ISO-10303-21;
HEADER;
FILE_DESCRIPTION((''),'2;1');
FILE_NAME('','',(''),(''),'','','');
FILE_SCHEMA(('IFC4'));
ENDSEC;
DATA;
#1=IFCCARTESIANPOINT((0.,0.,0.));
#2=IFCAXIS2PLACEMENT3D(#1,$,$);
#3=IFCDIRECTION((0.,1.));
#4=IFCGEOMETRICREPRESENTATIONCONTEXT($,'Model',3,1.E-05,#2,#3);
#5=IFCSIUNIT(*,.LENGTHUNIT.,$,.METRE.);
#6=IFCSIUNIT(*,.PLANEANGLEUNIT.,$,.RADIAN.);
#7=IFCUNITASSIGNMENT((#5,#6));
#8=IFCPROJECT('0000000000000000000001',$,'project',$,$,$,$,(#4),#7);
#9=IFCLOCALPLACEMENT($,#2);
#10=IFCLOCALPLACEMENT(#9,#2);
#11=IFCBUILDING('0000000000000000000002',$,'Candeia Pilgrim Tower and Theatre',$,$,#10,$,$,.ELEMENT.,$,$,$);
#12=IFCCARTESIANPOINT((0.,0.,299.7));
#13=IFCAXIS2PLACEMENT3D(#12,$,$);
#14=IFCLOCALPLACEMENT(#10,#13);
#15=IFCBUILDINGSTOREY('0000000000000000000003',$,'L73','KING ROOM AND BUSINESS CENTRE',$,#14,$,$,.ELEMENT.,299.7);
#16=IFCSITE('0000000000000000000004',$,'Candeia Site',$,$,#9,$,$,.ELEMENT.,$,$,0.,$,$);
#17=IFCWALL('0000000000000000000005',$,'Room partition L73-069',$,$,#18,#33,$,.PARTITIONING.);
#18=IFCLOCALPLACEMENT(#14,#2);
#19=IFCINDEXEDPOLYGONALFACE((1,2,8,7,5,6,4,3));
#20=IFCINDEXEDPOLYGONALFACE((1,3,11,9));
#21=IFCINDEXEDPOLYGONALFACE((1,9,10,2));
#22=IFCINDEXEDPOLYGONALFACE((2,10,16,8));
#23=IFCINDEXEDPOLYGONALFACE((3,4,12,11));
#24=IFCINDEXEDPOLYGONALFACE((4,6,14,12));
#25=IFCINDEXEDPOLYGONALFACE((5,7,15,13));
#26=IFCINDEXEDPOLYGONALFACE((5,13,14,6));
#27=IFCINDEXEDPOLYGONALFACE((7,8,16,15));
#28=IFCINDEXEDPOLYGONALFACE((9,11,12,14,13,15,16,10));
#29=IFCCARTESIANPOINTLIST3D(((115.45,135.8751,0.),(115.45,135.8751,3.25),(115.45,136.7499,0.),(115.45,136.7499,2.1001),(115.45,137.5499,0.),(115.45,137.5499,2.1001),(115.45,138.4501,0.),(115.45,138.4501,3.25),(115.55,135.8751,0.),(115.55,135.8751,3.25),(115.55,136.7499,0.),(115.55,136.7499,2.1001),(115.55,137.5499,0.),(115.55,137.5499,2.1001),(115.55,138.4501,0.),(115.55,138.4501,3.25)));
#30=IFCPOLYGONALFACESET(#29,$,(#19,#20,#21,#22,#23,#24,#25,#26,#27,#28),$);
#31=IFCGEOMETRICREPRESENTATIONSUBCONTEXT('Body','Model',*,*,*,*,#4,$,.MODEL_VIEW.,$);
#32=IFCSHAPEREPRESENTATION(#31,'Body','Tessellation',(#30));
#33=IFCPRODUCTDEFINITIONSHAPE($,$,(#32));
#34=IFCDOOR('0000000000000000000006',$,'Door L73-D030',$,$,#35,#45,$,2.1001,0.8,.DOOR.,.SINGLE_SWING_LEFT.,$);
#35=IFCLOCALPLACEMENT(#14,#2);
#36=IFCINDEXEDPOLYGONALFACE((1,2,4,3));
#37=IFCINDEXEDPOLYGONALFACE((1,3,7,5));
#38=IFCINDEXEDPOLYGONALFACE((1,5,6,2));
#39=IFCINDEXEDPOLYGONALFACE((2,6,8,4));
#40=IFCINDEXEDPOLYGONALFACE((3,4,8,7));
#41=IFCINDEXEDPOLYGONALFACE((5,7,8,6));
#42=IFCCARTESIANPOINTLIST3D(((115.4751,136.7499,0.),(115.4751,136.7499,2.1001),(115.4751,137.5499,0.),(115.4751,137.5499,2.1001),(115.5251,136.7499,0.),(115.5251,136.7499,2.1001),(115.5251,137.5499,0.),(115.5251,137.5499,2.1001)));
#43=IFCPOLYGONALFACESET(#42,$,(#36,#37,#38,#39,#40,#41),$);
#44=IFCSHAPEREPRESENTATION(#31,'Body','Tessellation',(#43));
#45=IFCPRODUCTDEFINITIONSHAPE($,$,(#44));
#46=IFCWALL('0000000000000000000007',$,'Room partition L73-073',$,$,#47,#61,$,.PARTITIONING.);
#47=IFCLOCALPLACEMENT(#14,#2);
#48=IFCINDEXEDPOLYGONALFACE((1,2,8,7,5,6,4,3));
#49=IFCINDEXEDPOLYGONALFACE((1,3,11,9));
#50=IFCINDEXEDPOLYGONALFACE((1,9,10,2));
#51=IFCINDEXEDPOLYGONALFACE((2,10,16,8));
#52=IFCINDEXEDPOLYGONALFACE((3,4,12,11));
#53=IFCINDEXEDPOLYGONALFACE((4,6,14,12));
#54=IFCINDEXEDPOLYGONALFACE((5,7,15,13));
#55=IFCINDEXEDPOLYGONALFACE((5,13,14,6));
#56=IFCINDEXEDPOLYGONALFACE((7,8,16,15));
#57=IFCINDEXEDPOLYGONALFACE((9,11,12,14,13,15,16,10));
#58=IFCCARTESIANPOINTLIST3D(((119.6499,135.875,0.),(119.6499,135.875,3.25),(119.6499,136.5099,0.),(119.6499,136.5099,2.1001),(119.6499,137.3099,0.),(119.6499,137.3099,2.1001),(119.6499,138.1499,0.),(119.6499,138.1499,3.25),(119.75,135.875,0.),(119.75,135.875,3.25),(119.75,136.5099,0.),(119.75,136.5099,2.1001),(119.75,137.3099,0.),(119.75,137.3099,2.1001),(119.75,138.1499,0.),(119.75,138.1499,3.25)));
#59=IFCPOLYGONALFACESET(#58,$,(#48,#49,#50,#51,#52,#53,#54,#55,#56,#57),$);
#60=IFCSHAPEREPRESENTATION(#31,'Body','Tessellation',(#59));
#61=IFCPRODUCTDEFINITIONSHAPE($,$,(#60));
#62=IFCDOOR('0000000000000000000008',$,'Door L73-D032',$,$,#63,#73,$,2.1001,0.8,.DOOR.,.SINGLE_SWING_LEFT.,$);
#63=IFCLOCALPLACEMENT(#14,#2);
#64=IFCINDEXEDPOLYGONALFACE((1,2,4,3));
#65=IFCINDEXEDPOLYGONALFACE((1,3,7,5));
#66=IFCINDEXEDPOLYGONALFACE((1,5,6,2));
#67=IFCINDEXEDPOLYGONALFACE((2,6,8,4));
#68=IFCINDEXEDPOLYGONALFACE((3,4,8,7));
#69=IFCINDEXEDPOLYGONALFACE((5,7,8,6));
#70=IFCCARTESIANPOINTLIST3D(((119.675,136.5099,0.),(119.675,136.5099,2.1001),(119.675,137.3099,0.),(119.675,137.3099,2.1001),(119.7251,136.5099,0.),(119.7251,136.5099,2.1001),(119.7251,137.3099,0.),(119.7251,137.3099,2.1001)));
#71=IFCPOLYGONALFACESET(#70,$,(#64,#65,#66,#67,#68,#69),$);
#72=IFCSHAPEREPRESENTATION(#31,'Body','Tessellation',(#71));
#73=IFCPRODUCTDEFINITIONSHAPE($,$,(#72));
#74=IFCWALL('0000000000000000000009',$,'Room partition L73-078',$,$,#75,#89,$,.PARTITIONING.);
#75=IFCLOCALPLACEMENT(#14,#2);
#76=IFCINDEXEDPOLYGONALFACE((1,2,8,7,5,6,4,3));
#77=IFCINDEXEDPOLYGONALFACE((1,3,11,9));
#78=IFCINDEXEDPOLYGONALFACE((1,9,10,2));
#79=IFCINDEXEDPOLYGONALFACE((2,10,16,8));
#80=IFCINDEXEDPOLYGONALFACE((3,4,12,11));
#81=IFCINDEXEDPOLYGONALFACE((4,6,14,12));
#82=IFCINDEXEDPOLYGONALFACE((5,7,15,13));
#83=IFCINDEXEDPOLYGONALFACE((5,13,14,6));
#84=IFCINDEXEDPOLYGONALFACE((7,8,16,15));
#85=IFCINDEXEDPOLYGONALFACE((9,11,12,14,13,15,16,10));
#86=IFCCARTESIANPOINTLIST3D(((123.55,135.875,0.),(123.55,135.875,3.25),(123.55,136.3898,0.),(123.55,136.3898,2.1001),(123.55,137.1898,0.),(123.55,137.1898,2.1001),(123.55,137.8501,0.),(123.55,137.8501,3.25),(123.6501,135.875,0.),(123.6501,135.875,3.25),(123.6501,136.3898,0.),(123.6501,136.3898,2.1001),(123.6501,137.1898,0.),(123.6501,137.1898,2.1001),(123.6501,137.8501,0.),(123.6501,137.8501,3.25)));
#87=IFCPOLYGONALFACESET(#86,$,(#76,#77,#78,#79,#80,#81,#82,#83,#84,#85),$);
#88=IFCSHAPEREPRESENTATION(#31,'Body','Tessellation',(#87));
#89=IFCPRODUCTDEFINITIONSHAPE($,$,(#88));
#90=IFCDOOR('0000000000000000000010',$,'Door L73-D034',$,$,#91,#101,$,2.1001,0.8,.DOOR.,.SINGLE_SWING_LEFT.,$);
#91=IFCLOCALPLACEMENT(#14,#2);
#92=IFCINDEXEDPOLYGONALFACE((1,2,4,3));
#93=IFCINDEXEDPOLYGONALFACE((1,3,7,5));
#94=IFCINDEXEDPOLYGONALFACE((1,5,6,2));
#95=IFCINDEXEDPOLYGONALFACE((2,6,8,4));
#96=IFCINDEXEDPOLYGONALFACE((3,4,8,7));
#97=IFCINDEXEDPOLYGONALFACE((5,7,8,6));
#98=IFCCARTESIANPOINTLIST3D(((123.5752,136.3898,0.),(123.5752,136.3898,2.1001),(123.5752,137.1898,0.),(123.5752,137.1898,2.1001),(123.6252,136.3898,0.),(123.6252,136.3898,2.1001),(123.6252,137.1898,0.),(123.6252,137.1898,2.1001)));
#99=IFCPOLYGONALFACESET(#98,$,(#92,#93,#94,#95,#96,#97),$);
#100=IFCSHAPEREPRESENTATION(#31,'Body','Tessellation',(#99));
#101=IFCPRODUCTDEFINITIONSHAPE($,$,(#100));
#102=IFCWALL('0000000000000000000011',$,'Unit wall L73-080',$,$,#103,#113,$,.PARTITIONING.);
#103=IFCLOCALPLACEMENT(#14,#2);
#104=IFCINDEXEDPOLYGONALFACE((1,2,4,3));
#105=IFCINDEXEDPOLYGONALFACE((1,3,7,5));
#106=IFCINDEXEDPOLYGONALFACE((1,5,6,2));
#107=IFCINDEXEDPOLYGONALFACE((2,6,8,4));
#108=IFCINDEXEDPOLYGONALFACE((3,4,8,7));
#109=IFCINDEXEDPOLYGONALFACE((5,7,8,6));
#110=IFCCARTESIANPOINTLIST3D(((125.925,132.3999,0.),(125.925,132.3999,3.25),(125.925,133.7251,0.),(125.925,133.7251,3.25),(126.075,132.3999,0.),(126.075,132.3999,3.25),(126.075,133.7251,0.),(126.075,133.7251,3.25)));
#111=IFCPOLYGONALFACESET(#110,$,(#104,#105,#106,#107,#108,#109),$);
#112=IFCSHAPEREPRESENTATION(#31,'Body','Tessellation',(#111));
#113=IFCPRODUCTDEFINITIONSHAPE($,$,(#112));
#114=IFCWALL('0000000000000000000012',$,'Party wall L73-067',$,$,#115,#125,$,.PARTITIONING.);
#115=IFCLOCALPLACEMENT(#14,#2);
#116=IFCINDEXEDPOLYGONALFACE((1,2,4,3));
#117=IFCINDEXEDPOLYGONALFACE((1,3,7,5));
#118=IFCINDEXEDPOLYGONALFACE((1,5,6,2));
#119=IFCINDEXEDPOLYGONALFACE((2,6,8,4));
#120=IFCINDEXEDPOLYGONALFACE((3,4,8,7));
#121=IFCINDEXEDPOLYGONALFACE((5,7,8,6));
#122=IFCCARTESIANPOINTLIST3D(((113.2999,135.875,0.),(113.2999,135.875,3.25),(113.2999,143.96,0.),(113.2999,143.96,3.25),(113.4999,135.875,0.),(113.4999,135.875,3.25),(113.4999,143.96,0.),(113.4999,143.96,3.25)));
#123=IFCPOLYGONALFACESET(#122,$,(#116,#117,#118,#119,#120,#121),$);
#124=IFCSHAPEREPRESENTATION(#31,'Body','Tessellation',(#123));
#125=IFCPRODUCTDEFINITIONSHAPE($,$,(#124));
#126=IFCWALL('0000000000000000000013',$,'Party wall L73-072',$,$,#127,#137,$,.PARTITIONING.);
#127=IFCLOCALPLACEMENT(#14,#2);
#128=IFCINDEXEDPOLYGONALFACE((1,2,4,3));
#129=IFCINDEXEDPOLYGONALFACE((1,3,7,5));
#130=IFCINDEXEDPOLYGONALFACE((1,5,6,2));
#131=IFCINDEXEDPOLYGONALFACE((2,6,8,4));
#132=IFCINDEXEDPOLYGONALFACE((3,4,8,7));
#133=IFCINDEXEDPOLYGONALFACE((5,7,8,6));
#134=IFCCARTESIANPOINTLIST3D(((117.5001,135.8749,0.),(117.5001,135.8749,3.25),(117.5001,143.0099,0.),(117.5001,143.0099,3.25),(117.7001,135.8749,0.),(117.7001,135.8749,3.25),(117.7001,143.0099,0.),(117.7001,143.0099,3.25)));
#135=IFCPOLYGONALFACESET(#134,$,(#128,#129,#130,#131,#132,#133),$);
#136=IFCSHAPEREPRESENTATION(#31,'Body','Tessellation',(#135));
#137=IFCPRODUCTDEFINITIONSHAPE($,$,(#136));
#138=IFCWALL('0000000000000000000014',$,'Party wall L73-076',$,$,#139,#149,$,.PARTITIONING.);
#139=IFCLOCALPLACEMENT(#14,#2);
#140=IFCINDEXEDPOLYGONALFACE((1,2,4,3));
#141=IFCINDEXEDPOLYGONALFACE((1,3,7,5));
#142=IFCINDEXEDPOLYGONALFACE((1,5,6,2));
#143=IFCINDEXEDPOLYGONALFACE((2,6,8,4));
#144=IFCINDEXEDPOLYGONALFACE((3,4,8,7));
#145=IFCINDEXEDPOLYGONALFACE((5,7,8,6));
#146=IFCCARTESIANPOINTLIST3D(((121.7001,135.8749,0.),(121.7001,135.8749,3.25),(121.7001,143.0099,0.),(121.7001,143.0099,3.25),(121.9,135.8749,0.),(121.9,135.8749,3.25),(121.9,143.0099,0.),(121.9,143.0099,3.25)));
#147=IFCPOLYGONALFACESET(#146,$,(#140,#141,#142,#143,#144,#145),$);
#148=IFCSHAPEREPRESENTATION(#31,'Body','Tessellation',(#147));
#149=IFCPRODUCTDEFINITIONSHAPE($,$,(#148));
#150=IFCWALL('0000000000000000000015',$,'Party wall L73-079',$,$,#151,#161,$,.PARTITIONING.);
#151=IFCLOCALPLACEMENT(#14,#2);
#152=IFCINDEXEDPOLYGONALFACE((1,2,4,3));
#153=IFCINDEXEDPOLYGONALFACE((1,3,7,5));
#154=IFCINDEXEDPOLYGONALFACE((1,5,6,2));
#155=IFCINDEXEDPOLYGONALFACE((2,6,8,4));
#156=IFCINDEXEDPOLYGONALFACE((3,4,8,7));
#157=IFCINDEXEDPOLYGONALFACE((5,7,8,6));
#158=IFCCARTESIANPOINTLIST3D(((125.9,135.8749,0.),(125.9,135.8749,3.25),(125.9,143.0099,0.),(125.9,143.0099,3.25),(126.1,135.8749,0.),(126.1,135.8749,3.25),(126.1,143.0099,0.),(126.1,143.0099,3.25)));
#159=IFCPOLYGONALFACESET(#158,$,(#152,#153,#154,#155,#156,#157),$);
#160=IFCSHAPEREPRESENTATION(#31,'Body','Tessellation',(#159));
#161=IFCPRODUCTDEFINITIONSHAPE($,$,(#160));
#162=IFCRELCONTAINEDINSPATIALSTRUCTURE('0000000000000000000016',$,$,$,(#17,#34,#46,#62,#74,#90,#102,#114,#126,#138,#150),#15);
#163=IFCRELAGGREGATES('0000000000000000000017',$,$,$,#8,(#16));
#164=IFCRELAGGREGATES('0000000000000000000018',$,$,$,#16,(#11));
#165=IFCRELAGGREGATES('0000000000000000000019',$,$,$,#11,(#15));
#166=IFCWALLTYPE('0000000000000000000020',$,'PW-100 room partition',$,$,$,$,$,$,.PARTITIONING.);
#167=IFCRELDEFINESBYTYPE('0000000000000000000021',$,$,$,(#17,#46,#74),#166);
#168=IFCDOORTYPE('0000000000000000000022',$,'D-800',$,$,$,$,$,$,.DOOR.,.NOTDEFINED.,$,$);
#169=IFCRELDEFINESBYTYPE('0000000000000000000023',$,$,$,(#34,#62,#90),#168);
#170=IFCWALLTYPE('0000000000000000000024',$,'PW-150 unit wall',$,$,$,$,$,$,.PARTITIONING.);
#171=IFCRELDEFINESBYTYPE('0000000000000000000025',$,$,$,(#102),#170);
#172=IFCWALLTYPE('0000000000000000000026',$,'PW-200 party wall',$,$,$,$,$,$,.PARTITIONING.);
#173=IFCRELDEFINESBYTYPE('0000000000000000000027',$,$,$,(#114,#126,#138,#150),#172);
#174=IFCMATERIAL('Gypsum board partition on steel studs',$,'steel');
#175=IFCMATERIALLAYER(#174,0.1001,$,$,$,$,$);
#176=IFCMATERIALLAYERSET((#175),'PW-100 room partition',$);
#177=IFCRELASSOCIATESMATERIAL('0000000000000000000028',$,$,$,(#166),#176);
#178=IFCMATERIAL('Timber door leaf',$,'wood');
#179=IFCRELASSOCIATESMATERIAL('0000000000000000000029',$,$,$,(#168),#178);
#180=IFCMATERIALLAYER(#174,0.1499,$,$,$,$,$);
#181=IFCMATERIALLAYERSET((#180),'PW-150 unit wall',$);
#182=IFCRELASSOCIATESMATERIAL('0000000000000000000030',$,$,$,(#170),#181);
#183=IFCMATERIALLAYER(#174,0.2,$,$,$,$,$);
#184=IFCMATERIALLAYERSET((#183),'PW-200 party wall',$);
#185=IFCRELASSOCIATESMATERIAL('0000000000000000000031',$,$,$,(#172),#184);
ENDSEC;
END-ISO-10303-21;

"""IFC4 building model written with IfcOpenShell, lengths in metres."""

from ifc_helpers import new_model, si_unit, direction, frame, frame_2d, origin, place, context, subcontext, project, spatial, rectangle, extrude, material, layer, layer_set, type_object, element, fill, save


model = new_model("IFC4")

# Units and contexts
model_context = context("Model", 3, precision=1e-05, world=origin(), true_north=direction((0.0, 1.0)))
body_context = subcontext(model_context, "Body", "Model", "MODEL_VIEW")
ifc_project = project(units=[si_unit("LENGTHUNIT", "METRE"), si_unit("PLANEANGLEUNIT", "RADIAN")], contexts=[model_context])

# Site, building, storey
site_placement = place(None, origin())
site = spatial("IfcSite", under=ifc_project, at=site_placement, Name="Candeia Site", CompositionType="ELEMENT", RefElevation=0.0)
building_placement = place(site_placement, origin())
building = spatial("IfcBuilding", under=site, at=building_placement, Name="Candeia Pilgrim Tower and Theatre", CompositionType="ELEMENT")
storey_placement = place(building_placement, frame((0.0, 0.0, 299.7)))
storey = spatial("IfcBuildingStorey", under=building, at=storey_placement, Name="L73", Description="KING ROOM AND BUSINESS CENTRE", CompositionType="ELEMENT", Elevation=299.7)

# Shared definitions
ifc_material_1 = material(Name="Gypsum board partition on steel studs", Category="steel")
ifc_layer_1 = layer(ifc_material_1, 0.1001)
ifc_layer_set_1 = layer_set([ifc_layer_1], Name="PW-100 room partition")
wall_type_1 = type_object("IfcWallType", Name="PW-100 room partition", PredefinedType="PARTITIONING", material=ifc_layer_set_1)

# Walls, openings, doors
wall_1_placement = place(storey_placement, frame((115.5, 135.875, 0.0), z_axis=(0.0, 0.0, 1.0), x_axis=(0.0, 1.0, 0.0)))
wall_1 = element("IfcWall", 1, at=wall_1_placement, inside=storey, type_object=wall_type_1, Name="Room partition L73-069", PredefinedType="PARTITIONING", context=body_context, shape_type="SweptSolid", body=[
    extrude(rectangle(XDim=2.575, YDim=0.1001, at=frame_2d((1.2876, 0.0))), origin(), (0.0, 0.0, 1.0), 3.25),
])
opening_1_placement = place(wall_1_placement, frame((0.875, 0.0, 0.0)))
opening_1 = element("IfcOpeningElement", 2, at=opening_1_placement, cuts=wall_1, PredefinedType="OPENING", context=body_context, shape_type="SweptSolid", body=[
    extrude(rectangle(XDim=0.8, YDim=2.1001, at=frame_2d((0.3999, 1.05))), frame((0.0, 0.0601, 0.0), z_axis=(0.0, -1.0, 0.0), x_axis=(1.0, 0.0, 0.0)), (0.0, 0.0, 1.0), 0.1201),
])
ifc_material_2 = material(Name="Timber door leaf", Category="wood")
door_type_1 = type_object("IfcDoorType", Name="D-800", OperationType="NOTDEFINED", PredefinedType="DOOR", material=ifc_material_2)
door_1_placement = place(opening_1_placement, origin())
door_1 = element("IfcDoor", 3, at=door_1_placement, inside=storey, type_object=door_type_1, Name="Door L73-D030", OperationType="SINGLE_SWING_LEFT", OverallHeight=2.1001, OverallWidth=0.8, PredefinedType="DOOR", context=body_context, shape_type="SweptSolid", body=[
    extrude(rectangle(XDim=0.8, YDim=2.1001, at=frame_2d((0.3999, 1.05))), frame((0.0, 0.0249, 0.0), z_axis=(0.0, -1.0, 0.0), x_axis=(1.0, 0.0, 0.0)), (0.0, 0.0, 1.0), 0.05),
])
fill(opening_1, door_1)
wall_2_placement = place(storey_placement, frame((119.7, 135.875, 0.0), z_axis=(0.0, 0.0, 1.0), x_axis=(0.0, 1.0, 0.0)))
wall_2 = element("IfcWall", 4, at=wall_2_placement, inside=storey, type_object=wall_type_1, Name="Room partition L73-073", PredefinedType="PARTITIONING", context=body_context, shape_type="SweptSolid", body=[
    extrude(rectangle(XDim=2.2749, YDim=0.1001, at=frame_2d((1.1375, 0.0))), origin(), (0.0, 0.0, 1.0), 3.25),
])
opening_2_placement = place(wall_2_placement, frame((0.635, 0.0, 0.0)))
opening_2 = element("IfcOpeningElement", 5, at=opening_2_placement, cuts=wall_2, PredefinedType="OPENING", context=body_context, shape_type="SweptSolid", body=[
    extrude(rectangle(XDim=0.8, YDim=2.1001, at=frame_2d((0.3999, 1.05))), frame((0.0, 0.0601, 0.0), z_axis=(0.0, -1.0, 0.0), x_axis=(1.0, 0.0, 0.0)), (0.0, 0.0, 1.0), 0.1201),
])
door_2_placement = place(opening_2_placement, origin())
door_2 = element("IfcDoor", 6, at=door_2_placement, inside=storey, type_object=door_type_1, Name="Door L73-D032", OperationType="SINGLE_SWING_LEFT", OverallHeight=2.1001, OverallWidth=0.8, PredefinedType="DOOR", context=body_context, shape_type="SweptSolid", body=[
    extrude(rectangle(XDim=0.8, YDim=2.1001, at=frame_2d((0.3999, 1.05))), frame((0.0, 0.0249, 0.0), z_axis=(0.0, -1.0, 0.0), x_axis=(1.0, 0.0, 0.0)), (0.0, 0.0, 1.0), 0.05),
])
fill(opening_2, door_2)
wall_3_placement = place(storey_placement, frame((123.6001, 135.875, 0.0), z_axis=(0.0, 0.0, 1.0), x_axis=(0.0, 1.0, 0.0)))
wall_3 = element("IfcWall", 7, at=wall_3_placement, inside=storey, type_object=wall_type_1, Name="Room partition L73-078", PredefinedType="PARTITIONING", context=body_context, shape_type="SweptSolid", body=[
    extrude(rectangle(XDim=1.9751, YDim=0.1001, at=frame_2d((0.9875, 0.0))), origin(), (0.0, 0.0, 1.0), 3.25),
])
opening_3_placement = place(wall_3_placement, frame((0.5149, 0.0, 0.0)))
opening_3 = element("IfcOpeningElement", 8, at=opening_3_placement, cuts=wall_3, PredefinedType="OPENING", context=body_context, shape_type="SweptSolid", body=[
    extrude(rectangle(XDim=0.8, YDim=2.1001, at=frame_2d((0.3999, 1.05))), frame((0.0, 0.0601, 0.0), z_axis=(0.0, -1.0, 0.0), x_axis=(1.0, 0.0, 0.0)), (0.0, 0.0, 1.0), 0.1201),
])
door_3_placement = place(opening_3_placement, origin())
door_3 = element("IfcDoor", 9, at=door_3_placement, inside=storey, type_object=door_type_1, Name="Door L73-D034", OperationType="SINGLE_SWING_LEFT", OverallHeight=2.1001, OverallWidth=0.8, PredefinedType="DOOR", context=body_context, shape_type="SweptSolid", body=[
    extrude(rectangle(XDim=0.8, YDim=2.1001, at=frame_2d((0.3999, 1.05))), frame((0.0, 0.0249, 0.0), z_axis=(0.0, -1.0, 0.0), x_axis=(1.0, 0.0, 0.0)), (0.0, 0.0, 1.0), 0.05),
])
fill(opening_3, door_3)

# Walls
ifc_layer_2 = layer(ifc_material_1, 0.1499)
ifc_layer_set_2 = layer_set([ifc_layer_2], Name="PW-150 unit wall")
wall_type_2 = type_object("IfcWallType", Name="PW-150 unit wall", PredefinedType="PARTITIONING", material=ifc_layer_set_2)
wall_4_placement = place(storey_placement, frame((126.0, 132.3999, 0.0), z_axis=(0.0, 0.0, 1.0), x_axis=(0.0, 1.0, 0.0)))
element("IfcWall", 10, at=wall_4_placement, inside=storey, type_object=wall_type_2, Name="Unit wall L73-080", PredefinedType="PARTITIONING", context=body_context, shape_type="SweptSolid", body=[
    extrude(rectangle(XDim=1.3252, YDim=0.1499, at=frame_2d((0.6626, 0.0))), origin(), (0.0, 0.0, 1.0), 3.25),
])
ifc_layer_3 = layer(ifc_material_1, 0.2)
ifc_layer_set_3 = layer_set([ifc_layer_3], Name="PW-200 party wall")
wall_type_3 = type_object("IfcWallType", Name="PW-200 party wall", PredefinedType="PARTITIONING", material=ifc_layer_set_3)
wall_5_placement = place(storey_placement, frame((113.3999, 135.875, 0.0), z_axis=(0.0, 0.0, 1.0), x_axis=(0.0, 1.0, 0.0)))
element("IfcWall", 11, at=wall_5_placement, inside=storey, type_object=wall_type_3, Name="Party wall L73-067", PredefinedType="PARTITIONING", context=body_context, shape_type="SweptSolid", body=[
    extrude(rectangle(XDim=8.085, YDim=0.2, at=frame_2d((4.0425, 0.0))), origin(), (0.0, 0.0, 1.0), 3.25),
])
for number, where, z_axis, x_axis, name in (
    (12, (117.6001, 135.875, 0.0), (0.0, 0.0, 1.0), (0.0, 1.0, 0.0), "Party wall L73-072"),
    (13, (121.8, 135.875, 0.0), (0.0, 0.0, 1.0), (0.0, 1.0, 0.0), "Party wall L73-076"),
    (14, (126.0, 135.875, 0.0), (0.0, 0.0, 1.0), (0.0, 1.0, 0.0), "Party wall L73-079"),
):
    element("IfcWall", number, at=place(storey_placement, frame(where, z_axis=z_axis, x_axis=x_axis)), inside=storey, type_object=wall_type_3, Name=name, PredefinedType="PARTITIONING", context=body_context, shape_type="SweptSolid", body=[
        extrude(rectangle(XDim=7.135, YDim=0.2, at=frame_2d((3.5674, 0.0))), origin(), (0.0, 0.0, 1.0), 3.25),
    ])

save(model, "model.ifc")
